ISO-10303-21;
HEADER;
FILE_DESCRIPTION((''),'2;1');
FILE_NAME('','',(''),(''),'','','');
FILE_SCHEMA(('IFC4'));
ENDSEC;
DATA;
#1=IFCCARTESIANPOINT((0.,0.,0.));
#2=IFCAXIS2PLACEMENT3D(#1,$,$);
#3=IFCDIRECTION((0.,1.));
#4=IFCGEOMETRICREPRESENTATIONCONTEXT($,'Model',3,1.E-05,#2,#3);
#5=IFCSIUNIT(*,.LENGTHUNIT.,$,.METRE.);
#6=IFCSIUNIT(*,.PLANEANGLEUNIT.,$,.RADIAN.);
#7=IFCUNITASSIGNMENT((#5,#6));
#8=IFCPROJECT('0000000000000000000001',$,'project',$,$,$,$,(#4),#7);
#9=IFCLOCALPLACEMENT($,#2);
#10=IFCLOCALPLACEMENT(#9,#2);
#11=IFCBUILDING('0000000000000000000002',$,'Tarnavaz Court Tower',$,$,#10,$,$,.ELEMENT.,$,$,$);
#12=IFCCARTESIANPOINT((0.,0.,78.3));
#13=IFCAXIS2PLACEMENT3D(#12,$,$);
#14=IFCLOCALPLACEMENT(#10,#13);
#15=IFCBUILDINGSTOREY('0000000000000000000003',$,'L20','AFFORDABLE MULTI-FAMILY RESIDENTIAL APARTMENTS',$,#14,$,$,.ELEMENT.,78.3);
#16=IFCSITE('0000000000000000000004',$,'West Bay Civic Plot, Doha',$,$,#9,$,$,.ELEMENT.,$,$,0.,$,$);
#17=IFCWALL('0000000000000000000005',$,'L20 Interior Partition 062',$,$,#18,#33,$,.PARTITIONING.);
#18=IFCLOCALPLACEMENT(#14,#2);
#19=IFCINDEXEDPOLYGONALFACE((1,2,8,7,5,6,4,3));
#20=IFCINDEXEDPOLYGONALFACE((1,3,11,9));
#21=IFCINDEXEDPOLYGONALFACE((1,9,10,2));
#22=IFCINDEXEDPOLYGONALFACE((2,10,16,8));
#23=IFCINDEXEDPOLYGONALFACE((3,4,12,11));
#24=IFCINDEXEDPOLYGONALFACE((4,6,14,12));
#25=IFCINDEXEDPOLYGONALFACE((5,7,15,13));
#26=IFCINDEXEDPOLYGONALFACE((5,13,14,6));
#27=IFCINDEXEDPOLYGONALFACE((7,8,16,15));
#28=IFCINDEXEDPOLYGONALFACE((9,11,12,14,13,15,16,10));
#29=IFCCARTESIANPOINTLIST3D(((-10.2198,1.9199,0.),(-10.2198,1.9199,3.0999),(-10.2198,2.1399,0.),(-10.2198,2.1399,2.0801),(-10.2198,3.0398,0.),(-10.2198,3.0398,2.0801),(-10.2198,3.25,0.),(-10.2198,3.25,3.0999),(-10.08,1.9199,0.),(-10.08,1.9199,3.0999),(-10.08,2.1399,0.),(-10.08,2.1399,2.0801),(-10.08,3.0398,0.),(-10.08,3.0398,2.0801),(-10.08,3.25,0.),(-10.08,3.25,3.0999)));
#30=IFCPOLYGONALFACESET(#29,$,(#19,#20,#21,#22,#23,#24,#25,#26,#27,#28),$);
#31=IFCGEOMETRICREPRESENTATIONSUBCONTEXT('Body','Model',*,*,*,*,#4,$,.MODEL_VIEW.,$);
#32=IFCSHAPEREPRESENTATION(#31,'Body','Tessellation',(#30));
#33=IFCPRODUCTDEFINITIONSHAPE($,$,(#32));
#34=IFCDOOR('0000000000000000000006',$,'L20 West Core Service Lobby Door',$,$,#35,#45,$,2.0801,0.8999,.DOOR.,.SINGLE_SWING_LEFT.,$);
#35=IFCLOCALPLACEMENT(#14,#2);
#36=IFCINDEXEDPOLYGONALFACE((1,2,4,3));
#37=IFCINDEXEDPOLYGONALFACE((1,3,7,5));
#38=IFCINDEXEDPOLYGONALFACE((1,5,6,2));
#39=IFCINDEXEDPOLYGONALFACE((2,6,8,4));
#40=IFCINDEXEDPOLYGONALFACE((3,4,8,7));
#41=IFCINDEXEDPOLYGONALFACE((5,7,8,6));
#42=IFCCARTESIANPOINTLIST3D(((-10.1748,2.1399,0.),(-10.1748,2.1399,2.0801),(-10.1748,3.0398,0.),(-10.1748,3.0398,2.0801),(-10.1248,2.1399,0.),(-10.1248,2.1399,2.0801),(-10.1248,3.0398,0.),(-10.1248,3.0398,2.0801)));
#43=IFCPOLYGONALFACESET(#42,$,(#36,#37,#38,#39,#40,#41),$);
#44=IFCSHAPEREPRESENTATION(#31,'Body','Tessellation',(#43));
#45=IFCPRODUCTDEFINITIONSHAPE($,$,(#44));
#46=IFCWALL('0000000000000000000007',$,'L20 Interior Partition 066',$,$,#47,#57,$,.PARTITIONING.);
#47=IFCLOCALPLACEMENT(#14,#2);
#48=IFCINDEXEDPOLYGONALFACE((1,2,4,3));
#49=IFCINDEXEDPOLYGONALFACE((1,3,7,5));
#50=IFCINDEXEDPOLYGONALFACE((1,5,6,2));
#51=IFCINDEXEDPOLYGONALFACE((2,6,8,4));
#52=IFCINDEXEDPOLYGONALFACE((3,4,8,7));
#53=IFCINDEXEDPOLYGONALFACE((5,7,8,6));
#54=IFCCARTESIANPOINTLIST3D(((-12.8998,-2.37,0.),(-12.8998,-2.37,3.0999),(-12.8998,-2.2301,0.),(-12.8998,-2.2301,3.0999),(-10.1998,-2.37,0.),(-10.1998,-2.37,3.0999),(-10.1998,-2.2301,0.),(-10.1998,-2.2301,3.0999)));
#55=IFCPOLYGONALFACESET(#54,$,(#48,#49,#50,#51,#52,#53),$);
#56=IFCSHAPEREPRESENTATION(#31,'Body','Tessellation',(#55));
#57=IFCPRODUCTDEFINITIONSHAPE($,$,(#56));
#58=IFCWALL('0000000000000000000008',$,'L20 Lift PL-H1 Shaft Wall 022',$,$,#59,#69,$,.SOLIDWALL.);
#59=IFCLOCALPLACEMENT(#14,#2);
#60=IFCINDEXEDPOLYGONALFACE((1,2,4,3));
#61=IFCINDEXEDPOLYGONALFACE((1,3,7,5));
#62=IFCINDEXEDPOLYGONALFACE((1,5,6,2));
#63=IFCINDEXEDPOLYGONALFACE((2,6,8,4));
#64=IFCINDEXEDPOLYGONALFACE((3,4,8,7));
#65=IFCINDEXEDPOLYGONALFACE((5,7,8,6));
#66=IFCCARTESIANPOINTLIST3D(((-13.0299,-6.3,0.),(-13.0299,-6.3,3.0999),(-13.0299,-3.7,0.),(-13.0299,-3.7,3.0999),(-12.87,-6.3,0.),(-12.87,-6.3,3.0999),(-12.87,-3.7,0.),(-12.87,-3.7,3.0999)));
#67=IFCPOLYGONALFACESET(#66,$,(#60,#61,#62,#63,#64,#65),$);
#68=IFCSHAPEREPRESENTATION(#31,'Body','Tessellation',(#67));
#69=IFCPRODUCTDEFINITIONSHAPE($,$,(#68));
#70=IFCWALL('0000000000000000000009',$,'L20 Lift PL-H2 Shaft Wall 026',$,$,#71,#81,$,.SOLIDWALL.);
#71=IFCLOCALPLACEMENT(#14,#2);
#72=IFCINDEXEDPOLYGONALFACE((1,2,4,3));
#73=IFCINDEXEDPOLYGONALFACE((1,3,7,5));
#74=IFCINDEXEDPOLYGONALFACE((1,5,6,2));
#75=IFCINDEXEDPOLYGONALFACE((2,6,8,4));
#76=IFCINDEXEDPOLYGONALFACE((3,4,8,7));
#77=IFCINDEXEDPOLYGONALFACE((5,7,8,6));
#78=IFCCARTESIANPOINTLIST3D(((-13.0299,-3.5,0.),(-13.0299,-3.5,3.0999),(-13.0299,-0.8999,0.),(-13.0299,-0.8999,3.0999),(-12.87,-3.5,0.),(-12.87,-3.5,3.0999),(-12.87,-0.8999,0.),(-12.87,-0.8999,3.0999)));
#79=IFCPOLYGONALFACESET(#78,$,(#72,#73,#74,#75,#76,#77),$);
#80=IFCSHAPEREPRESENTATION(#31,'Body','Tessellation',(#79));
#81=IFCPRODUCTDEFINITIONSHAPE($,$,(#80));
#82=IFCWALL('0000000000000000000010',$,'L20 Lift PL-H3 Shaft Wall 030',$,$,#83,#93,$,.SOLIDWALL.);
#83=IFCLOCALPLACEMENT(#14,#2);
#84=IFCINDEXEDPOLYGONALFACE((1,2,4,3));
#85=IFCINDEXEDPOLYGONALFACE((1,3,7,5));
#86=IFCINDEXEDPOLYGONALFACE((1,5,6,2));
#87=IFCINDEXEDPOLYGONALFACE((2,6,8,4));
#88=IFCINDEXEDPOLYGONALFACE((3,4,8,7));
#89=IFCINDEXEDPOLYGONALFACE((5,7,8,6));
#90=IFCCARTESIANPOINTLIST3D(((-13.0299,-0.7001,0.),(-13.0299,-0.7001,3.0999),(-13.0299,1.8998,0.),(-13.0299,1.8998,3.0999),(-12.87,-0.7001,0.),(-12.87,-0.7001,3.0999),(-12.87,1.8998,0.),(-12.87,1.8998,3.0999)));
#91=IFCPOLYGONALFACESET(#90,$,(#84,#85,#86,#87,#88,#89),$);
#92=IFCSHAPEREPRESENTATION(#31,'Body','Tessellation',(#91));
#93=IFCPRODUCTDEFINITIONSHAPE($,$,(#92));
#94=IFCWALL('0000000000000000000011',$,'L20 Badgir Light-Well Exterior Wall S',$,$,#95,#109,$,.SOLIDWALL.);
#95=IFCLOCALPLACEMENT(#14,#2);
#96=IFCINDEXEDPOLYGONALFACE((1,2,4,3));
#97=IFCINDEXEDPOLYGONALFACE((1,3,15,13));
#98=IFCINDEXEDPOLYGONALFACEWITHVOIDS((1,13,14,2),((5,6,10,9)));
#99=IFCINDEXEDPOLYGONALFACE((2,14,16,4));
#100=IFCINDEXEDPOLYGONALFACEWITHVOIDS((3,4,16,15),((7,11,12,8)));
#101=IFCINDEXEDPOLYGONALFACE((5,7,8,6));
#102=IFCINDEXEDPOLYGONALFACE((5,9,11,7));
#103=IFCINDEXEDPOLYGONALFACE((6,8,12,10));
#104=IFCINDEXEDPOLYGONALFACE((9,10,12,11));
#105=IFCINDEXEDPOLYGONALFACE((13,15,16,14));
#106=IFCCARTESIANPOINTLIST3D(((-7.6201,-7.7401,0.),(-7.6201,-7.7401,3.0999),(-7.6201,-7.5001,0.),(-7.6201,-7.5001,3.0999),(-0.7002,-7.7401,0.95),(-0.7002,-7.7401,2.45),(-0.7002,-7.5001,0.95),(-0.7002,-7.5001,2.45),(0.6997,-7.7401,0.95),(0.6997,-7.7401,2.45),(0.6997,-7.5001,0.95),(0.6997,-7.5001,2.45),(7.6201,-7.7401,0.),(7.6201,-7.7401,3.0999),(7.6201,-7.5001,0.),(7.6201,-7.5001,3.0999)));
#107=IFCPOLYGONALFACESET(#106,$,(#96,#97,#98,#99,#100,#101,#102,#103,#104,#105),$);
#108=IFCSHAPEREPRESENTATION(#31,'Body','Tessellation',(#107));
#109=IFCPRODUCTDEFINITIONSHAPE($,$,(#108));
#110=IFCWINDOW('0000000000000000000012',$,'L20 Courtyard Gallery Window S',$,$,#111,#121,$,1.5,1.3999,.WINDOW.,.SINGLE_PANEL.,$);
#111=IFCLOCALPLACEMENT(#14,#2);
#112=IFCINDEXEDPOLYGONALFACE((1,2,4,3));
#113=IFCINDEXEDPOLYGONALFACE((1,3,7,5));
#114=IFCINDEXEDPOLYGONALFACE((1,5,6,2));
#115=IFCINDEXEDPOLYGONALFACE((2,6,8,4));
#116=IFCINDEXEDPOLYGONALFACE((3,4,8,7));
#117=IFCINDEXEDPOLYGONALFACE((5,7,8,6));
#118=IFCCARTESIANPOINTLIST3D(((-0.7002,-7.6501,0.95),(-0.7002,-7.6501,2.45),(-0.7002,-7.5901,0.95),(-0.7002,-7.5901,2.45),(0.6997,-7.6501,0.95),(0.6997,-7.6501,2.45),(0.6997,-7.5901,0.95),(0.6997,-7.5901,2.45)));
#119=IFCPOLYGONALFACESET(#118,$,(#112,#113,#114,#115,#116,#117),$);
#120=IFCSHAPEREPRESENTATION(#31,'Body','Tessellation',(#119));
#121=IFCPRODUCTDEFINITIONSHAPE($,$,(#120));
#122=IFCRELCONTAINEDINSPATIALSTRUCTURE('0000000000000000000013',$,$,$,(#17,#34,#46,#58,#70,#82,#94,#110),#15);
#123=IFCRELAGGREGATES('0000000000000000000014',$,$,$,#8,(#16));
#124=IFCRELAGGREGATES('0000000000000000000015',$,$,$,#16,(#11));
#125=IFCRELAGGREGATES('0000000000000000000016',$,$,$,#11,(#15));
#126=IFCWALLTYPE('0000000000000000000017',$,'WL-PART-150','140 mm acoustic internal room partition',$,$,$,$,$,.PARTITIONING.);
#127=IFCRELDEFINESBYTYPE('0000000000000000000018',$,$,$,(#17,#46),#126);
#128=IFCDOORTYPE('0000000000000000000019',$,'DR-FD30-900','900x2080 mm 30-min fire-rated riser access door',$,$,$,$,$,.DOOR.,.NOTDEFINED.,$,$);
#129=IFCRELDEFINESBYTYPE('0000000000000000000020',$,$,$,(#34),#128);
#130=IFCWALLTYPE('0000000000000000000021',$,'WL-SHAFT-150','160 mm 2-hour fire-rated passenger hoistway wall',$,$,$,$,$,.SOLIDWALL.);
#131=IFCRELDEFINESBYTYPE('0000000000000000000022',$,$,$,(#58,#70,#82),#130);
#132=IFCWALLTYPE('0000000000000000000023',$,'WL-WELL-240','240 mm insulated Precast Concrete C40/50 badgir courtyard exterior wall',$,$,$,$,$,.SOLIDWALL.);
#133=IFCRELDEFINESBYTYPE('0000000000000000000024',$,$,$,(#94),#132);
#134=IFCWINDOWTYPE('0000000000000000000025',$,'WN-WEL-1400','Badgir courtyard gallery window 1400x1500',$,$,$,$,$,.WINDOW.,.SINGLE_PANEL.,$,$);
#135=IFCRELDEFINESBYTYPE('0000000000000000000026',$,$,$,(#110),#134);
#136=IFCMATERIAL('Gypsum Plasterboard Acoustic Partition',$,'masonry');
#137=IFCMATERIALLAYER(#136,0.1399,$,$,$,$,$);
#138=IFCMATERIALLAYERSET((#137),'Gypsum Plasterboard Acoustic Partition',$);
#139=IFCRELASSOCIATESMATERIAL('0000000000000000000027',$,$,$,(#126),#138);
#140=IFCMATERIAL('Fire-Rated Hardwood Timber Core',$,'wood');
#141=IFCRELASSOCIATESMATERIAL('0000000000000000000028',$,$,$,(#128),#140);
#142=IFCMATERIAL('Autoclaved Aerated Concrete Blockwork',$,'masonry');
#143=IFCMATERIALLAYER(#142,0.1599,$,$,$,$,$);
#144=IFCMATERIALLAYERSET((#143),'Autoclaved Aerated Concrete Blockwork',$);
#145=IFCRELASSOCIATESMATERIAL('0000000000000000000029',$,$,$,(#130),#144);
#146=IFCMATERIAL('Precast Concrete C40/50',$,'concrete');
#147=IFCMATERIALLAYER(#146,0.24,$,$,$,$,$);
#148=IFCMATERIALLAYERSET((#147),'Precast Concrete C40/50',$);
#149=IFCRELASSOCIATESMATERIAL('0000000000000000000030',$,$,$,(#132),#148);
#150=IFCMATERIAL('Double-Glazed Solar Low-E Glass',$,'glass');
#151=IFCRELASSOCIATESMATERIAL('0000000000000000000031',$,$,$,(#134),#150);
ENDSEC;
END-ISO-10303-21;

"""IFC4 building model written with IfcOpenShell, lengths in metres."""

from ifc_helpers import new_model, si_unit, direction, frame, frame_2d, origin, place, context, subcontext, project, spatial, rectangle, extrude, material, layer, layer_set, type_object, element, fill, save


model = new_model("IFC4")

# Units and contexts
model_context = context("Model", 3, precision=1e-05, world=origin(), true_north=direction((0.0, 1.0)))
body_context = subcontext(model_context, "Body", "Model", "MODEL_VIEW")
ifc_project = project(units=[si_unit("LENGTHUNIT", "METRE"), si_unit("PLANEANGLEUNIT", "RADIAN")], contexts=[model_context])

# Site, building, storey
site_placement = place(None, origin())
site = spatial("IfcSite", under=ifc_project, at=site_placement, Name="West Bay Civic Plot, Doha", CompositionType="ELEMENT", RefElevation=0.0)
building_placement = place(site_placement, origin())
building = spatial("IfcBuilding", under=site, at=building_placement, Name="Tarnavaz Court Tower", CompositionType="ELEMENT")
storey_placement = place(building_placement, frame((0.0, 0.0, 78.3)))
storey = spatial("IfcBuildingStorey", under=building, at=storey_placement, Name="L20", Description="AFFORDABLE MULTI-FAMILY RESIDENTIAL APARTMENTS", CompositionType="ELEMENT", Elevation=78.3)

# Shared definitions
ifc_material_1 = material(Name="Gypsum Plasterboard Acoustic Partition", Category="masonry")
ifc_layer_1 = layer(ifc_material_1, 0.1399)
ifc_layer_set_1 = layer_set([ifc_layer_1], Name="Gypsum Plasterboard Acoustic Partition")
wall_type_1 = type_object("IfcWallType", Name="WL-PART-150", Description="140 mm acoustic internal room partition", PredefinedType="PARTITIONING", material=ifc_layer_set_1)

# Wall, opening, door
wall_1_placement = place(storey_placement, frame((-10.1499, 1.9199, 0.0), z_axis=(0.0, 0.0, 1.0), x_axis=(0.0, 1.0, 0.0)))
wall_1 = element("IfcWall", 1, at=wall_1_placement, inside=storey, type_object=wall_type_1, Name="L20 Interior Partition 062", PredefinedType="PARTITIONING", context=body_context, shape_type="SweptSolid", body=[
    extrude(rectangle(XDim=1.3301, YDim=0.1399, at=frame_2d((0.665, 0.0))), origin(), (0.0, 0.0, 1.0), 3.0999),
])
opening_1_placement = place(wall_1_placement, frame((0.22, 0.0, 0.0)))
opening_1 = element("IfcOpeningElement", 2, at=opening_1_placement, cuts=wall_1, PredefinedType="OPENING", context=body_context, shape_type="SweptSolid", body=[
    extrude(rectangle(XDim=0.8999, YDim=2.0801, at=frame_2d((0.45, 1.04))), frame((0.0, 0.0798, 0.0), z_axis=(0.0, -1.0, 0.0), x_axis=(1.0, 0.0, 0.0)), (0.0, 0.0, 1.0), 0.1599),
])
ifc_material_2 = material(Name="Fire-Rated Hardwood Timber Core", Category="wood")
door_type_1 = type_object("IfcDoorType", Name="DR-FD30-900", Description="900x2080 mm 30-min fire-rated riser access door", OperationType="NOTDEFINED", PredefinedType="DOOR", material=ifc_material_2)
door_1_placement = place(opening_1_placement, origin())
door_1 = element("IfcDoor", 3, at=door_1_placement, inside=storey, type_object=door_type_1, Name="L20 West Core Service Lobby Door", OperationType="SINGLE_SWING_LEFT", OverallHeight=2.0801, OverallWidth=0.8999, PredefinedType="DOOR", context=body_context, shape_type="SweptSolid", body=[
    extrude(rectangle(XDim=0.8999, YDim=2.0801, at=frame_2d((0.45, 1.04))), frame((0.0, 0.0249, 0.0), z_axis=(0.0, -1.0, 0.0), x_axis=(1.0, 0.0, 0.0)), (0.0, 0.0, 1.0), 0.05),
])
fill(opening_1, door_1)

# Walls
wall_2_placement = place(storey_placement, frame((-12.8999, -2.3, 0.0), z_axis=(0.0, 0.0, 1.0), x_axis=(1.0, 0.0, 0.0)))
element("IfcWall", 4, at=wall_2_placement, inside=storey, type_object=wall_type_1, Name="L20 Interior Partition 066", PredefinedType="PARTITIONING", context=body_context, shape_type="SweptSolid", body=[
    extrude(rectangle(XDim=2.7, YDim=0.1399, at=frame_2d((1.3501, 0.0))), origin(), (0.0, 0.0, 1.0), 3.0999),
])
ifc_material_3 = material(Name="Autoclaved Aerated Concrete Blockwork", Category="masonry")
ifc_layer_2 = layer(ifc_material_3, 0.1599)
ifc_layer_set_2 = layer_set([ifc_layer_2], Name="Autoclaved Aerated Concrete Blockwork")
wall_type_2 = type_object("IfcWallType", Name="WL-SHAFT-150", Description="160 mm 2-hour fire-rated passenger hoistway wall", PredefinedType="SOLIDWALL", material=ifc_layer_set_2)
for number, where, z_axis, x_axis, name in (
    (5, (-12.95, -6.3, 0.0), (0.0, 0.0, 1.0), (0.0, 1.0, 0.0), "L20 Lift PL-H1 Shaft Wall 022"),
    (6, (-12.95, -3.5, 0.0), (0.0, 0.0, 1.0), (0.0, 1.0, 0.0), "L20 Lift PL-H2 Shaft Wall 026"),
):
    element("IfcWall", number, at=place(storey_placement, frame(where, z_axis=z_axis, x_axis=x_axis)), inside=storey, type_object=wall_type_2, Name=name, PredefinedType="SOLIDWALL", context=body_context, shape_type="SweptSolid", body=[
        extrude(rectangle(XDim=2.6001, YDim=0.1599, at=frame_2d((1.3, 0.0))), origin(), (0.0, 0.0, 1.0), 3.0999),
    ])
wall_3_placement = place(storey_placement, frame((-12.95, -0.7, 0.0), z_axis=(0.0, 0.0, 1.0), x_axis=(0.0, 1.0, 0.0)))
element("IfcWall", 7, at=wall_3_placement, inside=storey, type_object=wall_type_2, Name="L20 Lift PL-H3 Shaft Wall 030", PredefinedType="SOLIDWALL", context=body_context, shape_type="SweptSolid", body=[
    extrude(rectangle(XDim=2.5999, YDim=0.1599, at=frame_2d((1.2998, 0.0))), origin(), (0.0, 0.0, 1.0), 3.0999),
])

# Wall, opening, window
ifc_material_4 = material(Name="Precast Concrete C40/50", Category="concrete")
ifc_layer_3 = layer(ifc_material_4, 0.24)
ifc_layer_set_3 = layer_set([ifc_layer_3], Name="Precast Concrete C40/50")
wall_type_3 = type_object("IfcWallType", Name="WL-WELL-240", Description="240 mm insulated Precast Concrete C40/50 badgir courtyard exterior wall", PredefinedType="SOLIDWALL", material=ifc_layer_set_3)
wall_4_placement = place(storey_placement, frame((-7.6201, -7.6201, 0.0), z_axis=(0.0, 0.0, 1.0), x_axis=(1.0, 0.0, 0.0)))
wall_4 = element("IfcWall", 8, at=wall_4_placement, inside=storey, type_object=wall_type_3, Name="L20 Badgir Light-Well Exterior Wall S", PredefinedType="SOLIDWALL", context=body_context, shape_type="SweptSolid", body=[
    extrude(rectangle(XDim=15.2402, YDim=0.24, at=frame_2d((7.6201, 0.0))), origin(), (0.0, 0.0, 1.0), 3.0999),
])
opening_2_placement = place(wall_4_placement, frame((6.9199, 0.0, 0.95)))
opening_2 = element("IfcOpeningElement", 9, at=opening_2_placement, cuts=wall_4, PredefinedType="OPENING", context=body_context, shape_type="SweptSolid", body=[
    extrude(rectangle(XDim=1.3999, YDim=1.5, at=frame_2d((0.7, 0.75))), frame((0.0, 0.1299, 0.0), z_axis=(0.0, -1.0, 0.0), x_axis=(1.0, 0.0, 0.0)), (0.0, 0.0, 1.0), 0.26),
])
ifc_material_5 = material(Name="Double-Glazed Solar Low-E Glass", Category="glass")
window_type = type_object("IfcWindowType", Name="WN-WEL-1400", Description="Badgir courtyard gallery window 1400x1500", PartitioningType="SINGLE_PANEL", PredefinedType="WINDOW", material=ifc_material_5)
window_placement = place(opening_2_placement, origin())
window = element("IfcWindow", 10, at=window_placement, inside=storey, type_object=window_type, Name="L20 Courtyard Gallery Window S", OverallHeight=1.5, OverallWidth=1.3999, PartitioningType="SINGLE_PANEL", PredefinedType="WINDOW", context=body_context, shape_type="SweptSolid", body=[
    extrude(rectangle(XDim=1.3999, YDim=1.5, at=frame_2d((0.7, 0.75))), frame((0.0, 0.03, 0.0), z_axis=(0.0, -1.0, 0.0), x_axis=(1.0, 0.0, 0.0)), (0.0, 0.0, 1.0), 0.0601),
])
fill(opening_2, window)

save(model, "model.ifc")
